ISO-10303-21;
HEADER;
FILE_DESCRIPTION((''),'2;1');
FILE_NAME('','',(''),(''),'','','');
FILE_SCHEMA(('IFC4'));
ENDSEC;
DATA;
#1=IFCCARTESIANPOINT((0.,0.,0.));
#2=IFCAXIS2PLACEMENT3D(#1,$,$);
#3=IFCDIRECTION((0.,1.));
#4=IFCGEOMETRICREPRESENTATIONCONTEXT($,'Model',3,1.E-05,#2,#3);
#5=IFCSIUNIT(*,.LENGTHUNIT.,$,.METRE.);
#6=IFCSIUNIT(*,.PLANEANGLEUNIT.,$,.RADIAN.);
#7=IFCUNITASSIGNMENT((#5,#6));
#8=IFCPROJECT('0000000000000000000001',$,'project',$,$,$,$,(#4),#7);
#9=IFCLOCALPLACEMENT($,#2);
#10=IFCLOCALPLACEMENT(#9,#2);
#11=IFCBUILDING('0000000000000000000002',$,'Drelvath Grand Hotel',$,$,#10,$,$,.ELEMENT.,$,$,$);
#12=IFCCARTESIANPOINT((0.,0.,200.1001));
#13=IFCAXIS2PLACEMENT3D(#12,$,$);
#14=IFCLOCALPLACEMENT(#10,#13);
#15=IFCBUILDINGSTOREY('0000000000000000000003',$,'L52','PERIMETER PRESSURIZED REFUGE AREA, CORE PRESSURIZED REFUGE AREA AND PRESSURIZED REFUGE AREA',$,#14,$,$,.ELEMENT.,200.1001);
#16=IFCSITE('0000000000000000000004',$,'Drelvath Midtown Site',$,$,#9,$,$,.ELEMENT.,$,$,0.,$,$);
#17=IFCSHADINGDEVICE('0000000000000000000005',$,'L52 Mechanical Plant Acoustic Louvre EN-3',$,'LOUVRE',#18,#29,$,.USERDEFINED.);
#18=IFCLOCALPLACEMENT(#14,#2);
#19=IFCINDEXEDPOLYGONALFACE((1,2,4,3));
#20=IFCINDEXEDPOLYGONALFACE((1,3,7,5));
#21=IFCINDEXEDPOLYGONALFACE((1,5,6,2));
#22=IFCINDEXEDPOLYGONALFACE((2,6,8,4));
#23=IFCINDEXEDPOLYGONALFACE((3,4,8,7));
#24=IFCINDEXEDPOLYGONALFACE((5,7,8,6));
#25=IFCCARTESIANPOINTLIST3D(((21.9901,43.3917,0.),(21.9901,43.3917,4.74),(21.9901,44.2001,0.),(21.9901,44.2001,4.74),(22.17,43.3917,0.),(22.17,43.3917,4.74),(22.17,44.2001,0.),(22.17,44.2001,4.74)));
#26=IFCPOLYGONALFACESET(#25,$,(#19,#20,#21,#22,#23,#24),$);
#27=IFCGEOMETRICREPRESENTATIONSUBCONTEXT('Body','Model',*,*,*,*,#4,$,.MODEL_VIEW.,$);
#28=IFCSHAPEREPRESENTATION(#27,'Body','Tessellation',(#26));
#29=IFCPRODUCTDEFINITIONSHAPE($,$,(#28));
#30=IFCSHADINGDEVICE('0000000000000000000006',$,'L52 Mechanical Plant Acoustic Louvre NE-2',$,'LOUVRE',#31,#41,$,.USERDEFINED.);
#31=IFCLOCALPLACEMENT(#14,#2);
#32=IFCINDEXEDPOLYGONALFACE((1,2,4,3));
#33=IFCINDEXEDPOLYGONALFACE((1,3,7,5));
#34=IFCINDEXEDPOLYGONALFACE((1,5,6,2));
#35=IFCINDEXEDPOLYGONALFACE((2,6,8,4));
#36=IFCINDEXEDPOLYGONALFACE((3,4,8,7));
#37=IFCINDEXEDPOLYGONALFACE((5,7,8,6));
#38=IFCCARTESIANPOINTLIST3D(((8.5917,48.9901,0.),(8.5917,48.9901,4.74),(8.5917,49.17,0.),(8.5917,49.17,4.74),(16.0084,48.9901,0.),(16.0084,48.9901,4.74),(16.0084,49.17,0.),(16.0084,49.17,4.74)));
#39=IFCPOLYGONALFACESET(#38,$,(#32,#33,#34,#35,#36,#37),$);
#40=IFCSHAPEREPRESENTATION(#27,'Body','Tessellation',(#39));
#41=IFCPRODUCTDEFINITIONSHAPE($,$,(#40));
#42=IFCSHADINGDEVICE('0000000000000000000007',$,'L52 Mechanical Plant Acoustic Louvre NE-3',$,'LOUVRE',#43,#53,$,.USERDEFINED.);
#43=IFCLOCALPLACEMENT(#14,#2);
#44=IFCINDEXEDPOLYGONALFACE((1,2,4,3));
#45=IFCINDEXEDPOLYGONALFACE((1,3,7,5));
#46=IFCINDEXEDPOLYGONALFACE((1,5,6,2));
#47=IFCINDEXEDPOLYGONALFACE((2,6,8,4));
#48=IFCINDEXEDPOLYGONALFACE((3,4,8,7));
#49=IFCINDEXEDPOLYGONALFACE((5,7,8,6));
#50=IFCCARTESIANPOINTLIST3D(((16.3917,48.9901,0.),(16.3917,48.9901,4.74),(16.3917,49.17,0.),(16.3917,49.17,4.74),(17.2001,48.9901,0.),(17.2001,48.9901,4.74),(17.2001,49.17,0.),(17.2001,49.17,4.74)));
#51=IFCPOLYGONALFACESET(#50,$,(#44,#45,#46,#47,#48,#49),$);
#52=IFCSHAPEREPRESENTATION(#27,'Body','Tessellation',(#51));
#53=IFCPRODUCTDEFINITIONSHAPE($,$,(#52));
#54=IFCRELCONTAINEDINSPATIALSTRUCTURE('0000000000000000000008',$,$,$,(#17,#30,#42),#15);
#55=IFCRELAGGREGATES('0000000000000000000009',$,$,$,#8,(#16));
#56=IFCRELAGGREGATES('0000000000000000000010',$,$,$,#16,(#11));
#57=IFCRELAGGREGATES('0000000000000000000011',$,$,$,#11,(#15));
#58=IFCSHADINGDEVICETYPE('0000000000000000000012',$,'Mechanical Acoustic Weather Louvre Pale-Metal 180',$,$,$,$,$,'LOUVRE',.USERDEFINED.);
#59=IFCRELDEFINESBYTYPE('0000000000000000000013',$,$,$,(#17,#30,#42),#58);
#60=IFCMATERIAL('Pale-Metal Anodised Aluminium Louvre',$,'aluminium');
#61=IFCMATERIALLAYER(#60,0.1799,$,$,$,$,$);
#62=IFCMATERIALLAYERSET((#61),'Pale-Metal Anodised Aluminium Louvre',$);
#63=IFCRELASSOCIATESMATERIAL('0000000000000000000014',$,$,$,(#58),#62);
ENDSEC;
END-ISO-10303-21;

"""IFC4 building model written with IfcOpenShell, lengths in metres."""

from ifc_helpers import new_model, si_unit, direction, frame, origin, origin_2d, place, context, subcontext, project, spatial, rectangle, extrude, material, layer, layer_set, type_object, element, save


model = new_model("IFC4")

# Units and contexts
model_context = context("Model", 3, precision=1e-05, world=origin(), true_north=direction((0.0, 1.0)))
body_context = subcontext(model_context, "Body", "Model", "MODEL_VIEW")
ifc_project = project(units=[si_unit("LENGTHUNIT", "METRE"), si_unit("PLANEANGLEUNIT", "RADIAN")], contexts=[model_context])

# Site, building, storey
site_placement = place(None, origin())
site = spatial("IfcSite", under=ifc_project, at=site_placement, Name="Drelvath Midtown Site", CompositionType="ELEMENT", RefElevation=0.0)
building_placement = place(site_placement, origin())
building = spatial("IfcBuilding", under=site, at=building_placement, Name="Drelvath Grand Hotel", CompositionType="ELEMENT")
storey_placement = place(building_placement, frame((0.0, 0.0, 200.1001)))
storey = spatial("IfcBuildingStorey", under=building, at=storey_placement, Name="L52", Description="PERIMETER PRESSURIZED REFUGE AREA, CORE PRESSURIZED REFUGE AREA AND PRESSURIZED REFUGE AREA", CompositionType="ELEMENT", Elevation=200.1001)

# Shading devices
ifc_material_1 = material(Name="Pale-Metal Anodised Aluminium Louvre", Category="aluminium")
ifc_layer_1 = layer(ifc_material_1, 0.1799)
ifc_layer_set_1 = layer_set([ifc_layer_1], Name="Pale-Metal Anodised Aluminium Louvre")
shading_device_type = type_object("IfcShadingDeviceType", Name="Mechanical Acoustic Weather Louvre Pale-Metal 180", ElementType="LOUVRE", PredefinedType="USERDEFINED", material=ifc_layer_set_1)
shading_device_1_placement = place(storey_placement, frame((22.0801, 43.7959, 0.0), z_axis=(0.0, 0.0, 1.0), x_axis=(0.0, 1.0, 0.0)))
element("IfcShadingDevice", 1, at=shading_device_1_placement, inside=storey, type_object=shading_device_type, Name="L52 Mechanical Plant Acoustic Louvre EN-3", ObjectType="LOUVRE", PredefinedType="USERDEFINED", context=body_context, shape_type="SweptSolid", body=[
    extrude(rectangle(XDim=0.8083, YDim=0.1799, at=origin_2d()), origin(), (0.0, 0.0, 1.0), 4.74),
])
shading_device_2_placement = place(storey_placement, frame((12.3, 49.0801, 0.0), z_axis=(0.0, 0.0, 1.0), x_axis=(1.0, 0.0, 0.0)))
element("IfcShadingDevice", 2, at=shading_device_2_placement, inside=storey, type_object=shading_device_type, Name="L52 Mechanical Plant Acoustic Louvre NE-2", ObjectType="LOUVRE", PredefinedType="USERDEFINED", context=body_context, shape_type="SweptSolid", body=[
    extrude(rectangle(XDim=7.4167, YDim=0.1799, at=origin_2d()), origin(), (0.0, 0.0, 1.0), 4.74),
])
shading_device_3_placement = place(storey_placement, frame((16.7959, 49.0801, 0.0), z_axis=(0.0, 0.0, 1.0), x_axis=(1.0, 0.0, 0.0)))
element("IfcShadingDevice", 3, at=shading_device_3_placement, inside=storey, type_object=shading_device_type, Name="L52 Mechanical Plant Acoustic Louvre NE-3", ObjectType="LOUVRE", PredefinedType="USERDEFINED", context=body_context, shape_type="SweptSolid", body=[
    extrude(rectangle(XDim=0.8083, YDim=0.1799, at=origin_2d()), origin(), (0.0, 0.0, 1.0), 4.74),
])

save(model, "model.ifc")
